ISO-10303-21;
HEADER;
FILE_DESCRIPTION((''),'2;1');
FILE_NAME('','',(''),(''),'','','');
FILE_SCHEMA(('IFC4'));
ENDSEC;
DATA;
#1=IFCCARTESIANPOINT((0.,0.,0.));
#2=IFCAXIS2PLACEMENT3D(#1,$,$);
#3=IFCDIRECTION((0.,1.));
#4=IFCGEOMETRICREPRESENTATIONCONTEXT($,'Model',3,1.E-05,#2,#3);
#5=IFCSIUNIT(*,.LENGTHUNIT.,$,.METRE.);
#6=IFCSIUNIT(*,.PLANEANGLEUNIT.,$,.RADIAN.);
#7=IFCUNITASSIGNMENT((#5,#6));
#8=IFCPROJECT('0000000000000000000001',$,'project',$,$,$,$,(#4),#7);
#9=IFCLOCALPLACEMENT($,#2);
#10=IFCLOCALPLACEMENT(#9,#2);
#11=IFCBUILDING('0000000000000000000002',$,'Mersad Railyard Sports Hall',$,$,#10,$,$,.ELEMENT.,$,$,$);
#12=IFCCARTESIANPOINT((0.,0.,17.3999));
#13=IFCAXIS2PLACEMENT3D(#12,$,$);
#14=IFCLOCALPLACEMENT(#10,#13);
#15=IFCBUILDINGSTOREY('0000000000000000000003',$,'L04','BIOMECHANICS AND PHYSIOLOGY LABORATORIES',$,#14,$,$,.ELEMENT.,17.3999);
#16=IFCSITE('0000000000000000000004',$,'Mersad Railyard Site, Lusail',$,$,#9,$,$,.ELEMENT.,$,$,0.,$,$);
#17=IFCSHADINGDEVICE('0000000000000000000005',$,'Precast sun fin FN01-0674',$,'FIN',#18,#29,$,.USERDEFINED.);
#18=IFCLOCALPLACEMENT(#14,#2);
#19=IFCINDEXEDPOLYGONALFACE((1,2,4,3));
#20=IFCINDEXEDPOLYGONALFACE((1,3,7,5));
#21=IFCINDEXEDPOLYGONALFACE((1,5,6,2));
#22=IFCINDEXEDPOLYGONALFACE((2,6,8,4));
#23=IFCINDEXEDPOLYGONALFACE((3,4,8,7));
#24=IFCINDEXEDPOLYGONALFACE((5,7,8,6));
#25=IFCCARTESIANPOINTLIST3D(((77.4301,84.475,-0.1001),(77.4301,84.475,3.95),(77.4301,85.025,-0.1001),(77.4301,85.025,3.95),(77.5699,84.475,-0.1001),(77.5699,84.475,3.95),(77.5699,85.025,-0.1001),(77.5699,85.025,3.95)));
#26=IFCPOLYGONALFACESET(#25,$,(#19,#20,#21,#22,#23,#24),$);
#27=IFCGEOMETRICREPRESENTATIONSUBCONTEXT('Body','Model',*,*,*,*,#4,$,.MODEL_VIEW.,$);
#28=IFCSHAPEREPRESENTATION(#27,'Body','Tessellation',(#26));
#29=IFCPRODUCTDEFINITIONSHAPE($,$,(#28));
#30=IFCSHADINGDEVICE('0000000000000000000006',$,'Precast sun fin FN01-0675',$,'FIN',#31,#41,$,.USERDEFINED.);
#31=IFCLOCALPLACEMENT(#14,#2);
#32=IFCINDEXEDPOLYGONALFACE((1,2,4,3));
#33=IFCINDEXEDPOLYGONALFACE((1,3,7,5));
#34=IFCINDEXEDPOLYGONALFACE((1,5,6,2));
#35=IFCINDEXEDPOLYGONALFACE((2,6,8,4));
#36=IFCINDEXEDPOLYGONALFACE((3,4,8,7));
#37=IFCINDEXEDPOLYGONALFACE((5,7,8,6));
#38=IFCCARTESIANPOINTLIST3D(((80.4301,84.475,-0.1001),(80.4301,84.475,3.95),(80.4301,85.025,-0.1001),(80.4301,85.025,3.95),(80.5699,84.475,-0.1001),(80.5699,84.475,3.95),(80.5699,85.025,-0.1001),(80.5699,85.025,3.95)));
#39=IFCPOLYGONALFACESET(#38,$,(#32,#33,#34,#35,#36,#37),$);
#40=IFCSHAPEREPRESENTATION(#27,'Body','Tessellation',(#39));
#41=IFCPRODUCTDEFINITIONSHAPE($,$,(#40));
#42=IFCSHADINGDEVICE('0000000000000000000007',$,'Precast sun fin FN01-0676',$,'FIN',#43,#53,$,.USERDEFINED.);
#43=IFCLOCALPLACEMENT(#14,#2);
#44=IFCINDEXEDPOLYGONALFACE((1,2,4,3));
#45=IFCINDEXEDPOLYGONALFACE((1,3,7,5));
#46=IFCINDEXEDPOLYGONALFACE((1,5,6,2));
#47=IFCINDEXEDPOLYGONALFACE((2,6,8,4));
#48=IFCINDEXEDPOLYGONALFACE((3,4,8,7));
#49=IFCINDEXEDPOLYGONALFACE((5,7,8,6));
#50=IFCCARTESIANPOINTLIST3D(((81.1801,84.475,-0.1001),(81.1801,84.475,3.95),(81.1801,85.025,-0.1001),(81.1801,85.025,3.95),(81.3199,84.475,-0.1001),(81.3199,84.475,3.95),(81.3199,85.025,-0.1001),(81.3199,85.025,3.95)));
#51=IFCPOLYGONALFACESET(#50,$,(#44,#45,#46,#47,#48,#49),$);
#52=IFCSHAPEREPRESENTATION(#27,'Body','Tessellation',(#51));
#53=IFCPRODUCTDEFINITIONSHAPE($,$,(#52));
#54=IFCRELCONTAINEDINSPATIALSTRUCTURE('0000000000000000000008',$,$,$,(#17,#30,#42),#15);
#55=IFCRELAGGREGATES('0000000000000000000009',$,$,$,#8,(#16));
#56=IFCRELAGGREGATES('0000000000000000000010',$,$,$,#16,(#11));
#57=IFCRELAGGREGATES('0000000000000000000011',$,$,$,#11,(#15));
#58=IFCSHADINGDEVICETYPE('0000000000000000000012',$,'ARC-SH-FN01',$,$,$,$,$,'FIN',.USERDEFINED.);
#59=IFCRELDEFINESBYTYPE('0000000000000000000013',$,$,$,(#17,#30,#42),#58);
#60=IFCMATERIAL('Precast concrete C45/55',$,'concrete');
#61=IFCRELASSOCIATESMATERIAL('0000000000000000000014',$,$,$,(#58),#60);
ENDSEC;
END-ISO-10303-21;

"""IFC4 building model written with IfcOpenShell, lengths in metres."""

from ifc_helpers import new_model, si_unit, direction, frame, origin, origin_2d, place, context, subcontext, project, spatial, rectangle, extrude, material, type_object, element, save


model = new_model("IFC4")

# Units and contexts
model_context = context("Model", 3, precision=1e-05, world=origin(), true_north=direction((0.0, 1.0)))
body_context = subcontext(model_context, "Body", "Model", "MODEL_VIEW")
ifc_project = project(units=[si_unit("LENGTHUNIT", "METRE"), si_unit("PLANEANGLEUNIT", "RADIAN")], contexts=[model_context])

# Site, building, storey
site_placement = place(None, origin())
site = spatial("IfcSite", under=ifc_project, at=site_placement, Name="Mersad Railyard Site, Lusail", CompositionType="ELEMENT", RefElevation=0.0)
building_placement = place(site_placement, origin())
building = spatial("IfcBuilding", under=site, at=building_placement, Name="Mersad Railyard Sports Hall", CompositionType="ELEMENT")
storey_placement = place(building_placement, frame((0.0, 0.0, 17.3999)))
storey = spatial("IfcBuildingStorey", under=building, at=storey_placement, Name="L04", Description="BIOMECHANICS AND PHYSIOLOGY LABORATORIES", CompositionType="ELEMENT", Elevation=17.3999)

# Shading devices
ifc_material_1 = material(Name="Precast concrete C45/55", Category="concrete")
shading_device_type = type_object("IfcShadingDeviceType", Name="ARC-SH-FN01", ElementType="FIN", PredefinedType="USERDEFINED", material=ifc_material_1)
for number, where, z_axis, x_axis, name in (
    (1, (77.5, 84.75, -0.1001), (0.0, 0.0, 1.0), (1.0, 0.0, 0.0), "Precast sun fin FN01-0674"),
    (2, (80.5, 84.75, -0.1001), (0.0, 0.0, 1.0), (1.0, 0.0, 0.0), "Precast sun fin FN01-0675"),
    (3, (81.25, 84.75, -0.1001), (0.0, 0.0, 1.0), (1.0, 0.0, 0.0), "Precast sun fin FN01-0676"),
):
    element("IfcShadingDevice", number, at=place(storey_placement, frame(where, z_axis=z_axis, x_axis=x_axis)), inside=storey, type_object=shading_device_type, Name=name, ObjectType="FIN", PredefinedType="USERDEFINED", context=body_context, shape_type="SweptSolid", body=[
        extrude(rectangle(XDim=0.1399, YDim=0.55, at=origin_2d()), origin(), (0.0, 0.0, 1.0), 4.05),
    ])

save(model, "model.ifc")
